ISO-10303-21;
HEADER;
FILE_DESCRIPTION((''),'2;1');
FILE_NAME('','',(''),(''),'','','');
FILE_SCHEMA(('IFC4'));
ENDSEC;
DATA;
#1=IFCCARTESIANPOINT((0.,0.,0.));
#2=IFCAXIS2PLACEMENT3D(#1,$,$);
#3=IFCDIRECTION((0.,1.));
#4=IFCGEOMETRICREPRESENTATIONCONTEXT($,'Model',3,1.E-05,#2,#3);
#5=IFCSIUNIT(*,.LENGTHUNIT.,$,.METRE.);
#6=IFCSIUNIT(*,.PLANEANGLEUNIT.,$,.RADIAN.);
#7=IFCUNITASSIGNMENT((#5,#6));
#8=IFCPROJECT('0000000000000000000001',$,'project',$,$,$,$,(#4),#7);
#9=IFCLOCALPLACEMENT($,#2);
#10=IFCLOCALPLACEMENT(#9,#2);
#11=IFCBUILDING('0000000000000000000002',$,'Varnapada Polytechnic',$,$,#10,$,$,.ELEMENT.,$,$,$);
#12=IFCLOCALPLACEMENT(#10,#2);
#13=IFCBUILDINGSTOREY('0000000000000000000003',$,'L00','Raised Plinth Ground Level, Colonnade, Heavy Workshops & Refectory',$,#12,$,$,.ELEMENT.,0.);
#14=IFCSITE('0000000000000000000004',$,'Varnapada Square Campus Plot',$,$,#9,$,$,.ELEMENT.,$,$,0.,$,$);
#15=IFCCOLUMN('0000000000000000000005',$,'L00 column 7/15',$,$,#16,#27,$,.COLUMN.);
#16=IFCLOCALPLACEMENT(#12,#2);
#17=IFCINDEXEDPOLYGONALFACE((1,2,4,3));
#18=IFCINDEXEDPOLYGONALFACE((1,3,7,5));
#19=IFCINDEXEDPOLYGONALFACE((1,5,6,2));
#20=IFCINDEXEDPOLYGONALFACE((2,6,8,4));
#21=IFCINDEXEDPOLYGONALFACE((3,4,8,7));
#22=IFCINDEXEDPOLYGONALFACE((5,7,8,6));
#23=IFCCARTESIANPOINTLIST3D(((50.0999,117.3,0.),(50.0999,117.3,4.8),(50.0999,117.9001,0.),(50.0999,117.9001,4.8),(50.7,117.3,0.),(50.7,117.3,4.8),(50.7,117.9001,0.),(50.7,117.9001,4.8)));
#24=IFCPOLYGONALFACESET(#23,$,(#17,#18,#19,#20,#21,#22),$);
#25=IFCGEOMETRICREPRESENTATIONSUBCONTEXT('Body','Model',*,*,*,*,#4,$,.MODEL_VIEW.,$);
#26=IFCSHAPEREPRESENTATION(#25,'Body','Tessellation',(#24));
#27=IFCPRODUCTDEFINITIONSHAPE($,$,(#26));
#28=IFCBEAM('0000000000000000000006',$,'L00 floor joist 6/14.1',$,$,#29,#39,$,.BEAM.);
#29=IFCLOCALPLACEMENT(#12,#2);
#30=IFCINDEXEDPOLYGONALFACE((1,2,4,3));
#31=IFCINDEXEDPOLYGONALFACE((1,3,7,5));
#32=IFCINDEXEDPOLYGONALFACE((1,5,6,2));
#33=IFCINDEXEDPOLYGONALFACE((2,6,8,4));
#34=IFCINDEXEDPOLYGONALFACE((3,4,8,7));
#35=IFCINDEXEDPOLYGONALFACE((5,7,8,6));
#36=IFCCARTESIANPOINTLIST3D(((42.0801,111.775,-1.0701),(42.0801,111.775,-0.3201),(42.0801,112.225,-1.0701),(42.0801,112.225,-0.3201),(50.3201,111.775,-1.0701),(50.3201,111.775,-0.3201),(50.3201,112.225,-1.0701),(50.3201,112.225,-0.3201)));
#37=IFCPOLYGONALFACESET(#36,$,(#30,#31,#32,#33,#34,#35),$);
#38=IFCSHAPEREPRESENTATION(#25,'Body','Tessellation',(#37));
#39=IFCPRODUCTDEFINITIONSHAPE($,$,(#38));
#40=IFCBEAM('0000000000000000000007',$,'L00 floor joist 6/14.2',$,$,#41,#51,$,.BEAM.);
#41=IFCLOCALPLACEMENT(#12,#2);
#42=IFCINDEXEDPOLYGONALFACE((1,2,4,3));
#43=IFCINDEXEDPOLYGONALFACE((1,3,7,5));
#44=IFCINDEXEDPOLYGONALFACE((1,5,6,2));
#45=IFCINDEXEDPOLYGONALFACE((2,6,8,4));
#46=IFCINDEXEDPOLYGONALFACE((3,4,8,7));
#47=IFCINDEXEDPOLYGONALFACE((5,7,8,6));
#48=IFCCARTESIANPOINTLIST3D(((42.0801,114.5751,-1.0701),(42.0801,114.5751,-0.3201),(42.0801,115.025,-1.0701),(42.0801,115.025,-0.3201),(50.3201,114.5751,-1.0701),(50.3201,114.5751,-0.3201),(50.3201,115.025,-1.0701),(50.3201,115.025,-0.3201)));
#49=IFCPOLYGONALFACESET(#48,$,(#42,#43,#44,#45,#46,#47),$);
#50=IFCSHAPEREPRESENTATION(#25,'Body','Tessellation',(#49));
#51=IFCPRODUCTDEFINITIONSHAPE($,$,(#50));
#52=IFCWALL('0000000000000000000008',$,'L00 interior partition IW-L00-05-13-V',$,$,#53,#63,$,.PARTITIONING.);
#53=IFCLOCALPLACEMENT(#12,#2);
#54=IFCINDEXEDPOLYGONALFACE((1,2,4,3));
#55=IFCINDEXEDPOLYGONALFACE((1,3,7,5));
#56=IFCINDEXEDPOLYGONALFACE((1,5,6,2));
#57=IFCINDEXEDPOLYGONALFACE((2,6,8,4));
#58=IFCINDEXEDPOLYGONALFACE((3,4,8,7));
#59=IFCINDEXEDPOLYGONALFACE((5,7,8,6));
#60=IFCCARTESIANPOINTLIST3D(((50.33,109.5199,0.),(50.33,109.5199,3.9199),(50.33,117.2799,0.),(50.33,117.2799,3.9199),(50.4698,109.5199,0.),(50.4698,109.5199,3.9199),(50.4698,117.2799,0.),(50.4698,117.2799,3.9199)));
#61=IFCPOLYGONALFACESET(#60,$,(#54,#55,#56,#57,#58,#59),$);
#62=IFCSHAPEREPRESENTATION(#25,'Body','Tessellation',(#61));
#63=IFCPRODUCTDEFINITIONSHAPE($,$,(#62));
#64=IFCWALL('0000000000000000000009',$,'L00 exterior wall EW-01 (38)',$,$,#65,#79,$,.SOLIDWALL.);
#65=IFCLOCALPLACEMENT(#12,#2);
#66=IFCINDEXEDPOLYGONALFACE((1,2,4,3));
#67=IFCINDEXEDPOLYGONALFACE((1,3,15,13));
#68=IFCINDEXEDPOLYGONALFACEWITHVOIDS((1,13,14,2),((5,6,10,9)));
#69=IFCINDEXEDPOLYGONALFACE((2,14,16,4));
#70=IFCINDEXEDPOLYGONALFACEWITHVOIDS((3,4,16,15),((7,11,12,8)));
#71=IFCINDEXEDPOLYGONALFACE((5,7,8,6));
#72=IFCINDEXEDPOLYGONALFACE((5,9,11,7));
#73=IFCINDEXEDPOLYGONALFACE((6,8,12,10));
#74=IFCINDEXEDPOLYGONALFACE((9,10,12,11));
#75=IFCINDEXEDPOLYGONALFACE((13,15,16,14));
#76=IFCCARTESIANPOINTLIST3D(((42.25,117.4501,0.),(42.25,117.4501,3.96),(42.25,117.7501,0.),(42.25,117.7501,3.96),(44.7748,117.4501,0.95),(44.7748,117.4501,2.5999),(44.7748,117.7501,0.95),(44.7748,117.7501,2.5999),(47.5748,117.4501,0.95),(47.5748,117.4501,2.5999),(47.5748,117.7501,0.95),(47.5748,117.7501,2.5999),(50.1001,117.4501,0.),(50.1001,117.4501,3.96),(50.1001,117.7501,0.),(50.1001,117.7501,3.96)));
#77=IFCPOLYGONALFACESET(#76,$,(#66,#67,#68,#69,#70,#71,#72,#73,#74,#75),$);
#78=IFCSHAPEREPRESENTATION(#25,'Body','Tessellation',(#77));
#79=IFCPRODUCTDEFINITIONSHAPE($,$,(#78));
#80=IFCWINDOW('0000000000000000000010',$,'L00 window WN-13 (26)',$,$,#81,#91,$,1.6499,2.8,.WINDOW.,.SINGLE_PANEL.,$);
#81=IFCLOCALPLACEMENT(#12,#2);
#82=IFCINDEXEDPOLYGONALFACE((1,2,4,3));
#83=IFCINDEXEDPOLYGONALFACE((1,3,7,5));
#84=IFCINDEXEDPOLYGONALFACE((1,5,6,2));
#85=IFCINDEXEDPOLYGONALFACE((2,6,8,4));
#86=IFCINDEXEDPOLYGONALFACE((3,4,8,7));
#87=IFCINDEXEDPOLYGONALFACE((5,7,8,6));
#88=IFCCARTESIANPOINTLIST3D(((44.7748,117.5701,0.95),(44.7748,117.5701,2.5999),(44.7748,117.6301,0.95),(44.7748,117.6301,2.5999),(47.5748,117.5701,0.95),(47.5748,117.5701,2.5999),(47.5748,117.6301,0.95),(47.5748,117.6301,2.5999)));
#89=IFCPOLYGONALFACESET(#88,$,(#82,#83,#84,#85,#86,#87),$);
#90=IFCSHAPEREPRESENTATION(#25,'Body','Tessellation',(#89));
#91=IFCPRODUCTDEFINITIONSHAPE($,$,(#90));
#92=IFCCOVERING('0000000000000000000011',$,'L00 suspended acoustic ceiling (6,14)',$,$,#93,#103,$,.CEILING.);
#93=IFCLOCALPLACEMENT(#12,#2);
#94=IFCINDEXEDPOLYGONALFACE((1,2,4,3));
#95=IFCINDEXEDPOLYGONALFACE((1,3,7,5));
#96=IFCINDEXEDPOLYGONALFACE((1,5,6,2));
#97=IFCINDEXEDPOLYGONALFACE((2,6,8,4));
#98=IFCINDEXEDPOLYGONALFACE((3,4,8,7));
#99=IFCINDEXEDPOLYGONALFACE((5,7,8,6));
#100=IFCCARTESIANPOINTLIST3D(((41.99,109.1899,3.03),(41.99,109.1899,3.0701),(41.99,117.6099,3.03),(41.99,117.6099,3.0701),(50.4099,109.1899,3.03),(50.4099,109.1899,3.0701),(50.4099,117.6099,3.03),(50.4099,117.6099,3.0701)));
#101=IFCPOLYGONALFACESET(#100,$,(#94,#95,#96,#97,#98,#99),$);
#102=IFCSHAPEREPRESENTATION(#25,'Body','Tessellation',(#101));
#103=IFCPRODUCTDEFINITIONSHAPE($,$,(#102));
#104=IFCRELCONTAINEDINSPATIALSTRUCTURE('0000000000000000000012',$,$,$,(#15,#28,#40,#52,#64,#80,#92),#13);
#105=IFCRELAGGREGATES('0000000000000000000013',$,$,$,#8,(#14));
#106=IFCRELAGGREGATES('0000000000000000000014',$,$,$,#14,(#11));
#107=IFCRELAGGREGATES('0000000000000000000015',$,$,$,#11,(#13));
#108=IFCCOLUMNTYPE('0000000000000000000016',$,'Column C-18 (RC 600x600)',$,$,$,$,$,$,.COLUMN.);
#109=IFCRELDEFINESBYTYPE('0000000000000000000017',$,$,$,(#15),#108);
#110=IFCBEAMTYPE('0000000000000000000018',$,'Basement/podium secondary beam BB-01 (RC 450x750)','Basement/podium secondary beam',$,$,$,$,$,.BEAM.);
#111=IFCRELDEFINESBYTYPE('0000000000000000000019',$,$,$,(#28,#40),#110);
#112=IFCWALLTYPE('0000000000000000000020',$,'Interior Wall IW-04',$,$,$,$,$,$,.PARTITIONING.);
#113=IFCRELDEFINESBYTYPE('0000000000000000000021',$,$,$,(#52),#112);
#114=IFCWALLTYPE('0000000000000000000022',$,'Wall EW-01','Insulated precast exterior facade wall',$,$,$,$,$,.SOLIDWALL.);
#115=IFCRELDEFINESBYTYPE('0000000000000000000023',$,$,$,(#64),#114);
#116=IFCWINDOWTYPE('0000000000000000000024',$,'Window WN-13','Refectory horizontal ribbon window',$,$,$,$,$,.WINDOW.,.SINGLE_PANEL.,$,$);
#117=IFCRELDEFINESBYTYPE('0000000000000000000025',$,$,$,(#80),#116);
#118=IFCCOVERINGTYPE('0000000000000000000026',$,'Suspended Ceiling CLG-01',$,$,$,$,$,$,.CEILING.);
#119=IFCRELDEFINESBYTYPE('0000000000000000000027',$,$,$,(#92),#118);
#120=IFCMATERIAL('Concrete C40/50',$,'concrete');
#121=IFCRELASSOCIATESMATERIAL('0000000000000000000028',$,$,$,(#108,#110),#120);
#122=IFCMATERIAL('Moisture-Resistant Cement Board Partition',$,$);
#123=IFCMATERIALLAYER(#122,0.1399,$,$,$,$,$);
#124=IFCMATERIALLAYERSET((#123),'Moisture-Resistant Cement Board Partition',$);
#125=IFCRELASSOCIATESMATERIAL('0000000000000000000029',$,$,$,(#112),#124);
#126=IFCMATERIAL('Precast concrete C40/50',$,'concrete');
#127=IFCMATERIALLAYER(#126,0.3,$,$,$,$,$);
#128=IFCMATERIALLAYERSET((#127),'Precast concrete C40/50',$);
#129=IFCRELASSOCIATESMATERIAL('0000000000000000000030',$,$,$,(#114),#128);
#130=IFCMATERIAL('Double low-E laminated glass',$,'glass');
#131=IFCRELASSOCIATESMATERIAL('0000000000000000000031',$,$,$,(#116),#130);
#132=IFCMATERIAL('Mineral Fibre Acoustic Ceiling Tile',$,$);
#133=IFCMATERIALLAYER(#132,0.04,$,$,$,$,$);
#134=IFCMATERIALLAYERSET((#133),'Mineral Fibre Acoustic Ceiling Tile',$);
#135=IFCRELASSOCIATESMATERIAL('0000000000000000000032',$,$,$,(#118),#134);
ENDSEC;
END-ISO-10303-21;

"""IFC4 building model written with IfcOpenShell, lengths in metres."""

from ifc_helpers import new_model, si_unit, direction, frame, frame_2d, origin, origin_2d, place, context, subcontext, project, spatial, rectangle, extrude, material, layer, layer_set, material_profile, profile_set, type_object, element, fill, save


model = new_model("IFC4")

# Units and contexts
model_context = context("Model", 3, precision=1e-05, world=origin(), true_north=direction((0.0, 1.0)))
body_context = subcontext(model_context, "Body", "Model", "MODEL_VIEW")
ifc_project = project(units=[si_unit("LENGTHUNIT", "METRE"), si_unit("PLANEANGLEUNIT", "RADIAN")], contexts=[model_context])

# Site, building, storey
site_placement = place(None, origin())
site = spatial("IfcSite", under=ifc_project, at=site_placement, Name="Varnapada Square Campus Plot", CompositionType="ELEMENT", RefElevation=0.0)
building_placement = place(site_placement, origin())
building = spatial("IfcBuilding", under=site, at=building_placement, Name="Varnapada Polytechnic", CompositionType="ELEMENT")
storey_placement = place(building_placement, origin())
storey = spatial("IfcBuildingStorey", under=building, at=storey_placement, Name="L00", Description="Raised Plinth Ground Level, Colonnade, Heavy Workshops & Refectory", CompositionType="ELEMENT", Elevation=0.0)

# Column
ifc_material_1 = material(Name="Concrete C40/50", Category="concrete")
ifc_material_profile_1 = material_profile(ifc_material_1, rectangle(XDim=0.6001, YDim=0.6001, at=origin_2d()), Name="RC 600x600")
ifc_profile_set_1 = profile_set([ifc_material_profile_1], Name="Concrete C40/50")
column_type = type_object("IfcColumnType", Name="Column C-18 (RC 600x600)", PredefinedType="COLUMN", material=ifc_profile_set_1)
column_placement = place(storey_placement, frame((50.3999, 117.6001, 0.0), z_axis=(0.0, 0.0, 1.0), x_axis=(1.0, 0.0, 0.0)))
element("IfcColumn", 1, at=column_placement, inside=storey, type_object=column_type, Name="L00 column 7/15", PredefinedType="COLUMN", context=body_context, shape_type="SweptSolid", body=[
    extrude(rectangle(XDim=0.6001, YDim=0.6001, at=origin_2d()), origin(), (0.0, 0.0, 1.0), 4.8),
])

# Beams
ifc_material_profile_2 = material_profile(ifc_material_1, rectangle(XDim=0.45, YDim=0.75, at=origin_2d()), Name="RC 450x750")
ifc_profile_set_2 = profile_set([ifc_material_profile_2], Name="Concrete C40/50")
beam_type = type_object("IfcBeamType", Name="Basement/podium secondary beam BB-01 (RC 450x750)", Description="Basement/podium secondary beam", PredefinedType="BEAM", material=ifc_profile_set_2)
for number, where, z_axis, x_axis, name in (
    (2, (42.0801, 112.0, -0.6951), (1.0, 0.0, 0.0), (0.0, 1.0, 0.0), "L00 floor joist 6/14.1"),
    (3, (42.0801, 114.8, -0.6951), (1.0, 0.0, 0.0), (0.0, 1.0, 0.0), "L00 floor joist 6/14.2"),
):
    element("IfcBeam", number, at=place(storey_placement, frame(where, z_axis=z_axis, x_axis=x_axis)), inside=storey, type_object=beam_type, Name=name, PredefinedType="BEAM", context=body_context, shape_type="SweptSolid", body=[
        extrude(rectangle(XDim=0.45, YDim=0.75, at=origin_2d()), origin(), (0.0, 0.0, 1.0), 8.24),
    ])

# Wall
ifc_material_2 = material(Name="Moisture-Resistant Cement Board Partition")
ifc_layer_1 = layer(ifc_material_2, 0.1399)
ifc_layer_set_1 = layer_set([ifc_layer_1], Name="Moisture-Resistant Cement Board Partition")
wall_type_1 = type_object("IfcWallType", Name="Interior Wall IW-04", PredefinedType="PARTITIONING", material=ifc_layer_set_1)
wall_1_placement = place(storey_placement, frame((50.3999, 109.52, 0.0), z_axis=(0.0, 0.0, 1.0), x_axis=(0.0, 1.0, 0.0)))
element("IfcWall", 4, at=wall_1_placement, inside=storey, type_object=wall_type_1, Name="L00 interior partition IW-L00-05-13-V", PredefinedType="PARTITIONING", context=body_context, shape_type="SweptSolid", body=[
    extrude(rectangle(XDim=7.76, YDim=0.1399, at=frame_2d((3.8799, 0.0))), origin(), (0.0, 0.0, 1.0), 3.9199),
])

# Wall, opening, window
ifc_material_3 = material(Name="Precast concrete C40/50", Category="concrete")
ifc_layer_2 = layer(ifc_material_3, 0.3)
ifc_layer_set_2 = layer_set([ifc_layer_2], Name="Precast concrete C40/50")
wall_type_2 = type_object("IfcWallType", Name="Wall EW-01", Description="Insulated precast exterior facade wall", PredefinedType="SOLIDWALL", material=ifc_layer_set_2)
wall_2_placement = place(storey_placement, frame((42.25, 117.6001, 0.0), z_axis=(0.0, 0.0, 1.0), x_axis=(1.0, 0.0, 0.0)))
wall_2 = element("IfcWall", 5, at=wall_2_placement, inside=storey, type_object=wall_type_2, Name="L00 exterior wall EW-01 (38)", PredefinedType="SOLIDWALL", context=body_context, shape_type="SweptSolid", body=[
    extrude(rectangle(XDim=7.8501, YDim=0.3, at=frame_2d((3.925, 0.0))), origin(), (0.0, 0.0, 1.0), 3.96),
])
opening_placement = place(wall_2_placement, frame((2.5249, 0.0, 0.95)))
opening = element("IfcOpeningElement", 6, at=opening_placement, cuts=wall_2, PredefinedType="OPENING", context=body_context, shape_type="SweptSolid", body=[
    extrude(rectangle(XDim=2.8, YDim=1.6499, at=frame_2d((1.3999, 0.825))), frame((0.0, 0.1599, 0.0), z_axis=(0.0, -1.0, 0.0), x_axis=(1.0, 0.0, 0.0)), (0.0, 0.0, 1.0), 0.3201),
])
ifc_material_4 = material(Name="Double low-E laminated glass", Category="glass")
window_type = type_object("IfcWindowType", Name="Window WN-13", Description="Refectory horizontal ribbon window", PartitioningType="SINGLE_PANEL", PredefinedType="WINDOW", material=ifc_material_4)
window_placement = place(opening_placement, origin())
window = element("IfcWindow", 7, at=window_placement, inside=storey, type_object=window_type, Name="L00 window WN-13 (26)", OverallHeight=1.6499, OverallWidth=2.8, PartitioningType="SINGLE_PANEL", PredefinedType="WINDOW", context=body_context, shape_type="SweptSolid", body=[
    extrude(rectangle(XDim=2.8, YDim=1.6499, at=frame_2d((1.3999, 0.825))), frame((0.0, 0.03, 0.0), z_axis=(0.0, -1.0, 0.0), x_axis=(1.0, 0.0, 0.0)), (0.0, 0.0, 1.0), 0.0601),
])
fill(opening, window)

# Covering
ifc_material_5 = material(Name="Mineral Fibre Acoustic Ceiling Tile")
ifc_layer_3 = layer(ifc_material_5, 0.04)
ifc_layer_set_3 = layer_set([ifc_layer_3], Name="Mineral Fibre Acoustic Ceiling Tile")
covering_type = type_object("IfcCoveringType", Name="Suspended Ceiling CLG-01", PredefinedType="CEILING", material=ifc_layer_set_3)
covering_placement = place(storey_placement, frame((46.2, 113.3999, 3.03), z_axis=(0.0, 0.0, 1.0), x_axis=(1.0, 0.0, 0.0)))
element("IfcCovering", 8, at=covering_placement, inside=storey, type_object=covering_type, Name="L00 suspended acoustic ceiling (6,14)", PredefinedType="CEILING", context=body_context, shape_type="SweptSolid", body=[
    extrude(rectangle(XDim=8.4199, YDim=8.4199, at=origin_2d()), origin(), (0.0, 0.0, 1.0), 0.04),
])

save(model, "model.ifc")
